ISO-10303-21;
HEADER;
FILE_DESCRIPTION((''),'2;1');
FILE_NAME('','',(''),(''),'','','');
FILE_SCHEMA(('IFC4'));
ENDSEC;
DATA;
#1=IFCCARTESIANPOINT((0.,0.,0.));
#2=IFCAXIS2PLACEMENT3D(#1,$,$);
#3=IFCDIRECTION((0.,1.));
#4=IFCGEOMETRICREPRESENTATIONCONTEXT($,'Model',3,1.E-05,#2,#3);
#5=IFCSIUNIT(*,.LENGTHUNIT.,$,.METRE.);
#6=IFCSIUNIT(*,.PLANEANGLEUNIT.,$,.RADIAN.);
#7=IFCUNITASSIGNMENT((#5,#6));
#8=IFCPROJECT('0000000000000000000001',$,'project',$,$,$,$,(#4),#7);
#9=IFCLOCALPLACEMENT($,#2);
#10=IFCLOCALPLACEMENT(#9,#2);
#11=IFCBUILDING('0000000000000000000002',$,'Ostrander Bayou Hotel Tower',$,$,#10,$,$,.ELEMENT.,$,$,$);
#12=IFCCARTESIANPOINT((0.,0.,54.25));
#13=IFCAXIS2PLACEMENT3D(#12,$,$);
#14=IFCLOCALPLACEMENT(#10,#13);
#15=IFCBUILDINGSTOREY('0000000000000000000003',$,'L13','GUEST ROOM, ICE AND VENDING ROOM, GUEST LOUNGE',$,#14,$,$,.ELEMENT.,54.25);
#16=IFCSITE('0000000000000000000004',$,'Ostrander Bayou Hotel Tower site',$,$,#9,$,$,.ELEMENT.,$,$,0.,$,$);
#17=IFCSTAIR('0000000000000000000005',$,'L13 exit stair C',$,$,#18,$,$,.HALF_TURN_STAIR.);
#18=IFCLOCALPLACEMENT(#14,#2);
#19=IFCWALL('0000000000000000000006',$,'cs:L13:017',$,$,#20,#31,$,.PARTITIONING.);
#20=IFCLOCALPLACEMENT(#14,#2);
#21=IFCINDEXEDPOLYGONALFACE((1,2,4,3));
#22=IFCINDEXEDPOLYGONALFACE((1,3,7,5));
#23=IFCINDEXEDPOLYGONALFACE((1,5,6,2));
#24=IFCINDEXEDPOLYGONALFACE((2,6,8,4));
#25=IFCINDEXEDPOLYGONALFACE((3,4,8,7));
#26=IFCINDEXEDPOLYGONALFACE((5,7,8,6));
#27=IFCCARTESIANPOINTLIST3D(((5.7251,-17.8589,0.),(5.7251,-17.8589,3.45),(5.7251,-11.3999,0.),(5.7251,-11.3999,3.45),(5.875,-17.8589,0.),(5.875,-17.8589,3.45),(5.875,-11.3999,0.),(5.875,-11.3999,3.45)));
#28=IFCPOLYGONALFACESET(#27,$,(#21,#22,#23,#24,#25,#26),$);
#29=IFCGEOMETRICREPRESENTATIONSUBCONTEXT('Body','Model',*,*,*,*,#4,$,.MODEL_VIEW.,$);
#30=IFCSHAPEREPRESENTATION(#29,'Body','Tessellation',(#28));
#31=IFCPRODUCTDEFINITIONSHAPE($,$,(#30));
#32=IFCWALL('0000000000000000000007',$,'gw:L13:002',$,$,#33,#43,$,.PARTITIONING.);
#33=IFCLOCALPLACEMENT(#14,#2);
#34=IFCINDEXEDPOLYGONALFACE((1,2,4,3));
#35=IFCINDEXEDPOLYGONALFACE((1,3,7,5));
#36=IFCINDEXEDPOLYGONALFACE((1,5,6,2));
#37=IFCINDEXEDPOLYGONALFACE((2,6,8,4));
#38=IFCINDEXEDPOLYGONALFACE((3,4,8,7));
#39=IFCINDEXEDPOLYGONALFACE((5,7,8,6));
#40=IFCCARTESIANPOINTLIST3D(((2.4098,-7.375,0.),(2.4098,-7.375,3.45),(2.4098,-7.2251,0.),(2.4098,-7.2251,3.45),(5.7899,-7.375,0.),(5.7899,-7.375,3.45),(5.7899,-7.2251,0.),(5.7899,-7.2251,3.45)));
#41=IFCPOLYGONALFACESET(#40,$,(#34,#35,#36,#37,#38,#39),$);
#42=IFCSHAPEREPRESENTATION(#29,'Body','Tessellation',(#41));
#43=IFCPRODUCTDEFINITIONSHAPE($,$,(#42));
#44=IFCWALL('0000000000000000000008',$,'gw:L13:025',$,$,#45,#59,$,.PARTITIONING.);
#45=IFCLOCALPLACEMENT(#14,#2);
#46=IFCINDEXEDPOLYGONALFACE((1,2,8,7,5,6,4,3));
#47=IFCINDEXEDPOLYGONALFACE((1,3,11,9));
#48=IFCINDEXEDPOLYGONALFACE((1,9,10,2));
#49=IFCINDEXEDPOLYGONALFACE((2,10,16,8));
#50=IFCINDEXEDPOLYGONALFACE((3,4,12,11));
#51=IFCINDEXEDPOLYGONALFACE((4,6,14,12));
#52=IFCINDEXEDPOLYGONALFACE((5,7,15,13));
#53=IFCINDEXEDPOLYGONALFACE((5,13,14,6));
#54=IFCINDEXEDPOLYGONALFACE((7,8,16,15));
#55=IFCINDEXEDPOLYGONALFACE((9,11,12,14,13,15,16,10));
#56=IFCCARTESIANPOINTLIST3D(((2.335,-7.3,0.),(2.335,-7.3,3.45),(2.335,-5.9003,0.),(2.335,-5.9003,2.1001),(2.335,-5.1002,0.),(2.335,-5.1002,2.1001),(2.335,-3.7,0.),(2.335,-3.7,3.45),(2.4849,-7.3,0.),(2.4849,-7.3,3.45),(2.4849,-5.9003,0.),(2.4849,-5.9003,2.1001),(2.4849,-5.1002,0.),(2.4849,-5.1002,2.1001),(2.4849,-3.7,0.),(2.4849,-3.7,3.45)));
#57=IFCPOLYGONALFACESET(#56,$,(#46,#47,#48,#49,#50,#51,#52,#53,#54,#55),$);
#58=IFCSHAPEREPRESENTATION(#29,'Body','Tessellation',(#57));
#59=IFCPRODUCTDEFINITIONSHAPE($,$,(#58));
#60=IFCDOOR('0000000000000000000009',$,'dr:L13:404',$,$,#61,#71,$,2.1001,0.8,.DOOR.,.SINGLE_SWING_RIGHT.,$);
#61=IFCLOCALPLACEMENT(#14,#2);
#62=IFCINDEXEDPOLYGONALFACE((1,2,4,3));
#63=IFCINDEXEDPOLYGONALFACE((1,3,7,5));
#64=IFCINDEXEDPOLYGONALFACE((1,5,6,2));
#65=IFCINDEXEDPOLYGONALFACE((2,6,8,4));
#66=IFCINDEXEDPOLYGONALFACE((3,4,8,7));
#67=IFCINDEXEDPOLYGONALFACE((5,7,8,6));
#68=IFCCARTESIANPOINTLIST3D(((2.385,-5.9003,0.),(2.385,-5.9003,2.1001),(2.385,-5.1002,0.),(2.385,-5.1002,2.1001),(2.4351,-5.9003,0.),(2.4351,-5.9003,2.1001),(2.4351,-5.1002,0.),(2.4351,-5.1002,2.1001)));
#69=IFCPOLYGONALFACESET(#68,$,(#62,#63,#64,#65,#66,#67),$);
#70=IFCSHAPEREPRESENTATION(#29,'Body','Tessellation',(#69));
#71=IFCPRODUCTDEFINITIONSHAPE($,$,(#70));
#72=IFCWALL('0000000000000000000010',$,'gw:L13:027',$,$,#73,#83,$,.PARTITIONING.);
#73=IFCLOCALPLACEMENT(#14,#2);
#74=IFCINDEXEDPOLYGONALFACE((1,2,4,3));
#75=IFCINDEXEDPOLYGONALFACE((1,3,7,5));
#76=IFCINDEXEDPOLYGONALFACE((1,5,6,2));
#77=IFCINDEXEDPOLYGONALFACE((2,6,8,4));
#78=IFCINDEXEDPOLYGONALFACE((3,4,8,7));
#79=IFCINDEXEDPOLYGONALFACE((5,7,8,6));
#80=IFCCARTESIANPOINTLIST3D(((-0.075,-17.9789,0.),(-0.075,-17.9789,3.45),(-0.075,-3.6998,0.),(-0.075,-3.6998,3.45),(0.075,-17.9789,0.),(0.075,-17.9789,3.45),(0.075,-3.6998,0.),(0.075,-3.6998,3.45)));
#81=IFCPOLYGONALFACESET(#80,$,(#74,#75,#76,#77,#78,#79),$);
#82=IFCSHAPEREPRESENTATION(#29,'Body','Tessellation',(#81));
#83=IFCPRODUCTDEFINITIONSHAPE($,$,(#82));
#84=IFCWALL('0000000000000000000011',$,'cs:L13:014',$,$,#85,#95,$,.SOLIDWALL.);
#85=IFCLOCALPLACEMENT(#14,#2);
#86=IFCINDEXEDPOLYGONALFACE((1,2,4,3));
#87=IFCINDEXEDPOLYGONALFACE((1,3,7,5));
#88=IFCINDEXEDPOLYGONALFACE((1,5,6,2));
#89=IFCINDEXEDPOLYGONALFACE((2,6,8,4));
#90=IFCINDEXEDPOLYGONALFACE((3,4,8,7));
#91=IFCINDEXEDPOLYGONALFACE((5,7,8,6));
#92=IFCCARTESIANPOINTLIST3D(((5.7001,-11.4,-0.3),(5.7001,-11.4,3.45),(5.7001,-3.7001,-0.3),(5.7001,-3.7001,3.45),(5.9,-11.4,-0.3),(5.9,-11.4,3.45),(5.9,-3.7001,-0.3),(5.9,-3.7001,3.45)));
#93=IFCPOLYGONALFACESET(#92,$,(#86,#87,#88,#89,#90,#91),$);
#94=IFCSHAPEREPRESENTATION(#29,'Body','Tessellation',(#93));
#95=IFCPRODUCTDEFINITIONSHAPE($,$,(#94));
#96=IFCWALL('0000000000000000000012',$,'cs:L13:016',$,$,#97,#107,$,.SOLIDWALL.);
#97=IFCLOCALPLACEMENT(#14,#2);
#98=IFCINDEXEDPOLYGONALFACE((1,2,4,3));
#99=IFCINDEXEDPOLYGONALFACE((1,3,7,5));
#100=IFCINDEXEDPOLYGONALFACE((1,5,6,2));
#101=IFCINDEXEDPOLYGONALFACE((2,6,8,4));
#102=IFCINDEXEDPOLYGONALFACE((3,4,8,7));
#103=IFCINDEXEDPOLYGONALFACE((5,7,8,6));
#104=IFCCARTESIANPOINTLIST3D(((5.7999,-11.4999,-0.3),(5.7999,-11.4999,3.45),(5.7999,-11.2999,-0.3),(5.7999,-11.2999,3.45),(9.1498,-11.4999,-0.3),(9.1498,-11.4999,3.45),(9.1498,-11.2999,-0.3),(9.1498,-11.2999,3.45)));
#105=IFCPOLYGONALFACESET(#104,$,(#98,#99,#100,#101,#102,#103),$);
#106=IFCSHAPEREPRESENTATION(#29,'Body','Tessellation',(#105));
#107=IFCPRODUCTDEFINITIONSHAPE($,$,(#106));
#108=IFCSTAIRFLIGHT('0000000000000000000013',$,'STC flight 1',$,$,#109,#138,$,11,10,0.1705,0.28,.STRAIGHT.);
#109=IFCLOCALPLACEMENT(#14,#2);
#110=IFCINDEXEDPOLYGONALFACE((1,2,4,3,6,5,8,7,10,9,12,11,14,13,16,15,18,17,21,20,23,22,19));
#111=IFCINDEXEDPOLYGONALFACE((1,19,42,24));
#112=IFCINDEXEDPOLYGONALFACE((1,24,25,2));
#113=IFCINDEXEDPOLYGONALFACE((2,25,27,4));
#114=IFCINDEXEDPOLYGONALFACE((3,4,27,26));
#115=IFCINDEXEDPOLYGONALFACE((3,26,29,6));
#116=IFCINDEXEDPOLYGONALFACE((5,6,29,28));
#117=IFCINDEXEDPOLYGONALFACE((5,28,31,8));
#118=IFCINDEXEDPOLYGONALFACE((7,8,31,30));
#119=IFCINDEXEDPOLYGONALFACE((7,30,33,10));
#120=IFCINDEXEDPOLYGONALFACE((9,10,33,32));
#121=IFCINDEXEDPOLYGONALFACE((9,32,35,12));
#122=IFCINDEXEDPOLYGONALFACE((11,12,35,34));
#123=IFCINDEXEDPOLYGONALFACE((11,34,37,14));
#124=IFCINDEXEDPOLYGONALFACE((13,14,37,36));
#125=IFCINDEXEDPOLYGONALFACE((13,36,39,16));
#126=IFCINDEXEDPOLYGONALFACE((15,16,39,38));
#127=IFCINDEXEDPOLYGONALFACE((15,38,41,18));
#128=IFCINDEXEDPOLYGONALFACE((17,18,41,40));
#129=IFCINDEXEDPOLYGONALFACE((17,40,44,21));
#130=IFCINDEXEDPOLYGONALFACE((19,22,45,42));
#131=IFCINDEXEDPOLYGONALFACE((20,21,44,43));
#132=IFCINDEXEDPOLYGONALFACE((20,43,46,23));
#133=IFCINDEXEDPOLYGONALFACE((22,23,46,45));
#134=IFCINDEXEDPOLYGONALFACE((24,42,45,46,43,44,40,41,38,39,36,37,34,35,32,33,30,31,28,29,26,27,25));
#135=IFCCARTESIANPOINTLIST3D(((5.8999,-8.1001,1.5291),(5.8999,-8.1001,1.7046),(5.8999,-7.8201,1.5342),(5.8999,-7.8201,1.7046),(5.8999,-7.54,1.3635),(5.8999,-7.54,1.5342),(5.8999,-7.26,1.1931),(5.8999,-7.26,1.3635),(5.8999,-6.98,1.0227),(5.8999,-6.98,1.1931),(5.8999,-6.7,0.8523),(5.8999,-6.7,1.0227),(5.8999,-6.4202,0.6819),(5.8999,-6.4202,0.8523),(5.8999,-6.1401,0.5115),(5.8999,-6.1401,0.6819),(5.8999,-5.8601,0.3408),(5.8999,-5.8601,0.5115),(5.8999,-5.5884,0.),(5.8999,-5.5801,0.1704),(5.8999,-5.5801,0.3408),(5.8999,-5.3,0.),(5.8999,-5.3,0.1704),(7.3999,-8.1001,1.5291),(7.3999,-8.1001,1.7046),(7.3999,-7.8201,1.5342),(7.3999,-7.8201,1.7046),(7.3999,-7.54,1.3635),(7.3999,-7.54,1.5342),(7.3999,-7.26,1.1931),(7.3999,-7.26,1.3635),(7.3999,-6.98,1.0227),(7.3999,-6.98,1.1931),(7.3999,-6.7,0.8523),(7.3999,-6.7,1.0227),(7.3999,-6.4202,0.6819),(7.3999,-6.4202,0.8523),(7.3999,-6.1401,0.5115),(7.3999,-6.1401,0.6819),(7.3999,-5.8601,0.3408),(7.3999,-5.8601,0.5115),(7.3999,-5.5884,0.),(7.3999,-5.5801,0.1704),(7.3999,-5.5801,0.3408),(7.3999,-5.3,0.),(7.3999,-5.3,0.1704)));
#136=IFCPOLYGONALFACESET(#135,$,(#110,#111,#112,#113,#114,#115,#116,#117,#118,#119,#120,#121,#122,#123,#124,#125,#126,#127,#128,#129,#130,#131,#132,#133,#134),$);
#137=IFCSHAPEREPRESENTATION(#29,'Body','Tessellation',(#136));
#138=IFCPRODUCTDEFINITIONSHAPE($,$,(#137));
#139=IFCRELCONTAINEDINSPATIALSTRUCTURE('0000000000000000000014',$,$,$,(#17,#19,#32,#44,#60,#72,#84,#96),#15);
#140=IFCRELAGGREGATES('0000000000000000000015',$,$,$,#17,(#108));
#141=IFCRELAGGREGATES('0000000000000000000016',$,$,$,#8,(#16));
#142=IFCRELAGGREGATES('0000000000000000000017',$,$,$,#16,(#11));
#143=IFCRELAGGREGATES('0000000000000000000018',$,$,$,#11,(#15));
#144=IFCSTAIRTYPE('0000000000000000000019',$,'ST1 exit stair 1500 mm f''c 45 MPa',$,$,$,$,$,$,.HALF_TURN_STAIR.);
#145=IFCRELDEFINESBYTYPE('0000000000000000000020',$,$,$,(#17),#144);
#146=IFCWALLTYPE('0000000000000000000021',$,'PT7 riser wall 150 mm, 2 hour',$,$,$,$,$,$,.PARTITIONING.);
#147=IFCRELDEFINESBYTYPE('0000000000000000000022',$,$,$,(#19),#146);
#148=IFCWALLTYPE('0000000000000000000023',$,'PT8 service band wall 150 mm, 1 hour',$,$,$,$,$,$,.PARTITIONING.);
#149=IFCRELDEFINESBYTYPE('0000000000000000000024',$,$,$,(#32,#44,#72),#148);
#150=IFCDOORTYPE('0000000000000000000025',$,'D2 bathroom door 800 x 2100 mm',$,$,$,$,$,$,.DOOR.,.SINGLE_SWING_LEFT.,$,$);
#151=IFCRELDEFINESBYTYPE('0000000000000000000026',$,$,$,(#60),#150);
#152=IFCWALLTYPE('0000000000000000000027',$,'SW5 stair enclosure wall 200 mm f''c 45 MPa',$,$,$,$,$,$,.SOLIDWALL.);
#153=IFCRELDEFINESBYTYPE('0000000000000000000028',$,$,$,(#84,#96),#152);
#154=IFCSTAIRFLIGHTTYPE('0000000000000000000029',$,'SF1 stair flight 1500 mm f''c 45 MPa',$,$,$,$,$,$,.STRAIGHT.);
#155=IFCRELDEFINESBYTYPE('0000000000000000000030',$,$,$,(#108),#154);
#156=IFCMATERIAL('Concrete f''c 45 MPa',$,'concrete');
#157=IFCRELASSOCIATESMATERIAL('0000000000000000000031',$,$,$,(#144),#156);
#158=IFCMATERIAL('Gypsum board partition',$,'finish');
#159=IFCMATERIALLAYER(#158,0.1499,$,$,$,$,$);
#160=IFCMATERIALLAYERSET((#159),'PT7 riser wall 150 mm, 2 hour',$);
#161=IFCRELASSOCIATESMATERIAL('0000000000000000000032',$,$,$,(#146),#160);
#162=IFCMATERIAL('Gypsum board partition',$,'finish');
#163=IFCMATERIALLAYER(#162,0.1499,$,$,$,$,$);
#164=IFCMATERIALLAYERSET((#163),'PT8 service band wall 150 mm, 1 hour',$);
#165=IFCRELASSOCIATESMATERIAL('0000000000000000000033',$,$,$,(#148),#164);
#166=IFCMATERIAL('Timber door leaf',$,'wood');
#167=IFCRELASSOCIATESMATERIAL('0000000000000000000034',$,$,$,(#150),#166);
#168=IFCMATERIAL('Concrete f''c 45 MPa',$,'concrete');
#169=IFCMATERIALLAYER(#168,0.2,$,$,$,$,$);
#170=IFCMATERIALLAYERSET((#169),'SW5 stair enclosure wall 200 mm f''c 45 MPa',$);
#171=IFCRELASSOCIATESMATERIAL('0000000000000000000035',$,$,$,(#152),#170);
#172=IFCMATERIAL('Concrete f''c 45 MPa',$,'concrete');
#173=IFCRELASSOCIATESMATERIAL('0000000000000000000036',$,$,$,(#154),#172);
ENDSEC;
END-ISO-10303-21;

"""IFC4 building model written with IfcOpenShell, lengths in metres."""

from ifc_helpers import new_model, si_unit, direction, frame, frame_2d, origin, place, context, subcontext, project, spatial, polyline, rectangle, outline, extrude, material, layer, layer_set, type_object, element, fill, aggregate, save


model = new_model("IFC4")

# Units and contexts
model_context = context("Model", 3, precision=1e-05, world=origin(), true_north=direction((0.0, 1.0)))
body_context = subcontext(model_context, "Body", "Model", "MODEL_VIEW")
ifc_project = project(units=[si_unit("LENGTHUNIT", "METRE"), si_unit("PLANEANGLEUNIT", "RADIAN")], contexts=[model_context])

# Site, building, storey
site_placement = place(None, origin())
site = spatial("IfcSite", under=ifc_project, at=site_placement, Name="Ostrander Bayou Hotel Tower site", CompositionType="ELEMENT", RefElevation=0.0)
building_placement = place(site_placement, origin())
building = spatial("IfcBuilding", under=site, at=building_placement, Name="Ostrander Bayou Hotel Tower", CompositionType="ELEMENT")
storey_placement = place(building_placement, frame((0.0, 0.0, 54.25)))
storey = spatial("IfcBuildingStorey", under=building, at=storey_placement, Name="L13", Description="GUEST ROOM, ICE AND VENDING ROOM, GUEST LOUNGE", CompositionType="ELEMENT", Elevation=54.25)

# Stair
ifc_material_1 = material(Name="Concrete f'c 45 MPa", Category="concrete")
stair_type = type_object("IfcStairType", Name="ST1 exit stair 1500 mm f'c 45 MPa", PredefinedType="HALF_TURN_STAIR", material=ifc_material_1)
stair_1_placement = place(storey_placement, origin())
stair_1 = element("IfcStair", 1, at=stair_1_placement, inside=storey, type_object=stair_type, Name="L13 exit stair C", PredefinedType="HALF_TURN_STAIR")

# Walls
ifc_material_2 = material(Name="Gypsum board partition", Category="finish")
ifc_layer_1 = layer(ifc_material_2, 0.1499)
ifc_layer_set_1 = layer_set([ifc_layer_1], Name="PT7 riser wall 150 mm, 2 hour")
wall_type_1 = type_object("IfcWallType", Name="PT7 riser wall 150 mm, 2 hour", PredefinedType="PARTITIONING", material=ifc_layer_set_1)
wall_1_placement = place(storey_placement, frame((5.8, -11.3999, 0.0), z_axis=(0.0, 0.0, 1.0), x_axis=(0.0, -1.0, 0.0)))
element("IfcWall", 2, at=wall_1_placement, inside=storey, type_object=wall_type_1, Name="cs:L13:017", PredefinedType="PARTITIONING", context=body_context, shape_type="SweptSolid", body=[
    extrude(rectangle(XDim=6.459, YDim=0.1499, at=frame_2d((3.2295, 0.0))), origin(), (0.0, 0.0, 1.0), 3.45),
])
ifc_material_3 = material(Name="Gypsum board partition", Category="finish")
ifc_layer_2 = layer(ifc_material_3, 0.1499)
ifc_layer_set_2 = layer_set([ifc_layer_2], Name="PT8 service band wall 150 mm, 1 hour")
wall_type_2 = type_object("IfcWallType", Name="PT8 service band wall 150 mm, 1 hour", PredefinedType="PARTITIONING", material=ifc_layer_set_2)
wall_2_placement = place(storey_placement, frame((2.4099, -7.3, 0.0), z_axis=(0.0, 0.0, 1.0), x_axis=(1.0, 0.0, 0.0)))
element("IfcWall", 3, at=wall_2_placement, inside=storey, type_object=wall_type_2, Name="gw:L13:002", PredefinedType="PARTITIONING", context=body_context, shape_type="SweptSolid", body=[
    extrude(rectangle(XDim=3.3801, YDim=0.1499, at=frame_2d((1.6899, 0.0))), origin(), (0.0, 0.0, 1.0), 3.45),
])

# Wall, opening, door
wall_3_placement = place(storey_placement, frame((2.4099, -7.3, 0.0), z_axis=(0.0, 0.0, 1.0), x_axis=(0.0, 1.0, 0.0)))
wall_3 = element("IfcWall", 4, at=wall_3_placement, inside=storey, type_object=wall_type_2, Name="gw:L13:025", PredefinedType="PARTITIONING", context=body_context, shape_type="SweptSolid", body=[
    extrude(rectangle(XDim=3.6001, YDim=0.1499, at=frame_2d((1.8, 0.0))), origin(), (0.0, 0.0, 1.0), 3.45),
])
opening_1_placement = place(wall_3_placement, frame((1.3999, 0.0, 0.0)))
opening_1 = element("IfcOpeningElement", 5, at=opening_1_placement, cuts=wall_3, PredefinedType="OPENING", context=body_context, shape_type="SweptSolid", body=[
    extrude(rectangle(XDim=0.8, YDim=2.1001, at=frame_2d((0.3999, 1.05))), frame((0.0, 0.075, 0.0), z_axis=(0.0, -1.0, 0.0), x_axis=(1.0, 0.0, 0.0)), (0.0, 0.0, 1.0), 0.1499),
])
ifc_material_4 = material(Name="Timber door leaf", Category="wood")
door_type_1 = type_object("IfcDoorType", Name="D2 bathroom door 800 x 2100 mm", OperationType="SINGLE_SWING_LEFT", PredefinedType="DOOR", material=ifc_material_4)
door_1_placement = place(opening_1_placement, origin())
door_1 = element("IfcDoor", 6, at=door_1_placement, inside=storey, type_object=door_type_1, Name="dr:L13:404", OperationType="SINGLE_SWING_RIGHT", OverallHeight=2.1001, OverallWidth=0.8, PredefinedType="DOOR", context=body_context, shape_type="SweptSolid", body=[
    extrude(rectangle(XDim=0.8, YDim=2.1001, at=frame_2d((0.3999, 1.05))), frame((0.0, 0.0249, 0.0), z_axis=(0.0, -1.0, 0.0), x_axis=(1.0, 0.0, 0.0)), (0.0, 0.0, 1.0), 0.05),
])
fill(opening_1, door_1)

# Wall
wall_4_placement = place(storey_placement, frame((0.0, -17.979, 0.0), z_axis=(0.0, 0.0, 1.0), x_axis=(0.0, 1.0, 0.0)))
element("IfcWall", 7, at=wall_4_placement, inside=storey, type_object=wall_type_2, Name="gw:L13:027", PredefinedType="PARTITIONING", context=body_context, shape_type="SweptSolid", body=[
    extrude(rectangle(XDim=14.2791, YDim=0.1499, at=frame_2d((7.1396, 0.0))), origin(), (0.0, 0.0, 1.0), 3.45),
])

# Shared definitions
ifc_material_5 = material(Name="Concrete f'c 45 MPa", Category="concrete")
ifc_layer_3 = layer(ifc_material_5, 0.2)
ifc_layer_set_3 = layer_set([ifc_layer_3], Name="SW5 stair enclosure wall 200 mm f'c 45 MPa")
wall_type_3 = type_object("IfcWallType", Name="SW5 stair enclosure wall 200 mm f'c 45 MPa", PredefinedType="SOLIDWALL", material=ifc_layer_set_3)

# Walls
wall_5_placement = place(storey_placement, frame((5.8, -3.7, -0.3), z_axis=(0.0, 0.0, 1.0), x_axis=(0.0, -1.0, 0.0)))
element("IfcWall", 8, at=wall_5_placement, inside=storey, type_object=wall_type_3, Name="cs:L13:014", PredefinedType="SOLIDWALL", context=body_context, shape_type="SweptSolid", body=[
    extrude(rectangle(XDim=7.7, YDim=0.2, at=frame_2d((3.8501, 0.0))), origin(), (0.0, 0.0, 1.0), 3.75),
])
wall_6_placement = place(storey_placement, frame((5.8, -11.3999, -0.3), z_axis=(0.0, 0.0, 1.0), x_axis=(1.0, 0.0, 0.0)))
element("IfcWall", 9, at=wall_6_placement, inside=storey, type_object=wall_type_3, Name="cs:L13:016", PredefinedType="SOLIDWALL", context=body_context, shape_type="SweptSolid", body=[
    extrude(rectangle(XDim=3.3499, YDim=0.2, at=frame_2d((1.6748, 0.0))), origin(), (0.0, 0.0, 1.0), 3.75),
])

# Stair flight
ifc_material_6 = material(Name="Concrete f'c 45 MPa", Category="concrete")
stair_flight_type = type_object("IfcStairFlightType", Name="SF1 stair flight 1500 mm f'c 45 MPa", PredefinedType="STRAIGHT", material=ifc_material_6)
stair_flight_placement = place(storey_placement, frame((6.6499, -5.3, 0.0), z_axis=(0.0, 0.0, 1.0), x_axis=(0.0, -1.0, 0.0)))
stair_flight = element("IfcStairFlight", 10, at=stair_flight_placement, type_object=stair_flight_type, Name="STC flight 1", NumberOfRisers=11, NumberOfTreads=10, PredefinedType="STRAIGHT", RiserHeight=0.1705, TreadLength=0.28, context=body_context, shape_type="SweptSolid", body=[
    extrude(outline(polyline([(0.0, 0.0), (0.0, 0.1704), (0.28, 0.1704), (0.28, 0.3408), (0.5601, 0.3408), (0.5601, 0.5115), (0.8401, 0.5115), (0.8401, 0.6819), (1.1201, 0.6819), (1.1201, 0.8523), (1.3999, 0.8523), (1.3999, 1.0227), (1.6799, 1.0227), (1.6799, 1.1931), (1.96, 1.1931), (1.96, 1.3635), (2.24, 1.3635), (2.24, 1.5342), (2.52, 1.5342), (2.52, 1.7046), (2.8, 1.7046), (2.8, 1.875), (2.8, 1.5291), (0.2883, 0.0), (0.0, 0.0)])), frame((0.0, 0.75, 0.0), z_axis=(0.0, -1.0, 0.0), x_axis=(1.0, 0.0, 0.0)), (0.0, 0.0, 1.0), 1.5),
])
aggregate(stair_1, [stair_flight])

save(model, "model.ifc")
